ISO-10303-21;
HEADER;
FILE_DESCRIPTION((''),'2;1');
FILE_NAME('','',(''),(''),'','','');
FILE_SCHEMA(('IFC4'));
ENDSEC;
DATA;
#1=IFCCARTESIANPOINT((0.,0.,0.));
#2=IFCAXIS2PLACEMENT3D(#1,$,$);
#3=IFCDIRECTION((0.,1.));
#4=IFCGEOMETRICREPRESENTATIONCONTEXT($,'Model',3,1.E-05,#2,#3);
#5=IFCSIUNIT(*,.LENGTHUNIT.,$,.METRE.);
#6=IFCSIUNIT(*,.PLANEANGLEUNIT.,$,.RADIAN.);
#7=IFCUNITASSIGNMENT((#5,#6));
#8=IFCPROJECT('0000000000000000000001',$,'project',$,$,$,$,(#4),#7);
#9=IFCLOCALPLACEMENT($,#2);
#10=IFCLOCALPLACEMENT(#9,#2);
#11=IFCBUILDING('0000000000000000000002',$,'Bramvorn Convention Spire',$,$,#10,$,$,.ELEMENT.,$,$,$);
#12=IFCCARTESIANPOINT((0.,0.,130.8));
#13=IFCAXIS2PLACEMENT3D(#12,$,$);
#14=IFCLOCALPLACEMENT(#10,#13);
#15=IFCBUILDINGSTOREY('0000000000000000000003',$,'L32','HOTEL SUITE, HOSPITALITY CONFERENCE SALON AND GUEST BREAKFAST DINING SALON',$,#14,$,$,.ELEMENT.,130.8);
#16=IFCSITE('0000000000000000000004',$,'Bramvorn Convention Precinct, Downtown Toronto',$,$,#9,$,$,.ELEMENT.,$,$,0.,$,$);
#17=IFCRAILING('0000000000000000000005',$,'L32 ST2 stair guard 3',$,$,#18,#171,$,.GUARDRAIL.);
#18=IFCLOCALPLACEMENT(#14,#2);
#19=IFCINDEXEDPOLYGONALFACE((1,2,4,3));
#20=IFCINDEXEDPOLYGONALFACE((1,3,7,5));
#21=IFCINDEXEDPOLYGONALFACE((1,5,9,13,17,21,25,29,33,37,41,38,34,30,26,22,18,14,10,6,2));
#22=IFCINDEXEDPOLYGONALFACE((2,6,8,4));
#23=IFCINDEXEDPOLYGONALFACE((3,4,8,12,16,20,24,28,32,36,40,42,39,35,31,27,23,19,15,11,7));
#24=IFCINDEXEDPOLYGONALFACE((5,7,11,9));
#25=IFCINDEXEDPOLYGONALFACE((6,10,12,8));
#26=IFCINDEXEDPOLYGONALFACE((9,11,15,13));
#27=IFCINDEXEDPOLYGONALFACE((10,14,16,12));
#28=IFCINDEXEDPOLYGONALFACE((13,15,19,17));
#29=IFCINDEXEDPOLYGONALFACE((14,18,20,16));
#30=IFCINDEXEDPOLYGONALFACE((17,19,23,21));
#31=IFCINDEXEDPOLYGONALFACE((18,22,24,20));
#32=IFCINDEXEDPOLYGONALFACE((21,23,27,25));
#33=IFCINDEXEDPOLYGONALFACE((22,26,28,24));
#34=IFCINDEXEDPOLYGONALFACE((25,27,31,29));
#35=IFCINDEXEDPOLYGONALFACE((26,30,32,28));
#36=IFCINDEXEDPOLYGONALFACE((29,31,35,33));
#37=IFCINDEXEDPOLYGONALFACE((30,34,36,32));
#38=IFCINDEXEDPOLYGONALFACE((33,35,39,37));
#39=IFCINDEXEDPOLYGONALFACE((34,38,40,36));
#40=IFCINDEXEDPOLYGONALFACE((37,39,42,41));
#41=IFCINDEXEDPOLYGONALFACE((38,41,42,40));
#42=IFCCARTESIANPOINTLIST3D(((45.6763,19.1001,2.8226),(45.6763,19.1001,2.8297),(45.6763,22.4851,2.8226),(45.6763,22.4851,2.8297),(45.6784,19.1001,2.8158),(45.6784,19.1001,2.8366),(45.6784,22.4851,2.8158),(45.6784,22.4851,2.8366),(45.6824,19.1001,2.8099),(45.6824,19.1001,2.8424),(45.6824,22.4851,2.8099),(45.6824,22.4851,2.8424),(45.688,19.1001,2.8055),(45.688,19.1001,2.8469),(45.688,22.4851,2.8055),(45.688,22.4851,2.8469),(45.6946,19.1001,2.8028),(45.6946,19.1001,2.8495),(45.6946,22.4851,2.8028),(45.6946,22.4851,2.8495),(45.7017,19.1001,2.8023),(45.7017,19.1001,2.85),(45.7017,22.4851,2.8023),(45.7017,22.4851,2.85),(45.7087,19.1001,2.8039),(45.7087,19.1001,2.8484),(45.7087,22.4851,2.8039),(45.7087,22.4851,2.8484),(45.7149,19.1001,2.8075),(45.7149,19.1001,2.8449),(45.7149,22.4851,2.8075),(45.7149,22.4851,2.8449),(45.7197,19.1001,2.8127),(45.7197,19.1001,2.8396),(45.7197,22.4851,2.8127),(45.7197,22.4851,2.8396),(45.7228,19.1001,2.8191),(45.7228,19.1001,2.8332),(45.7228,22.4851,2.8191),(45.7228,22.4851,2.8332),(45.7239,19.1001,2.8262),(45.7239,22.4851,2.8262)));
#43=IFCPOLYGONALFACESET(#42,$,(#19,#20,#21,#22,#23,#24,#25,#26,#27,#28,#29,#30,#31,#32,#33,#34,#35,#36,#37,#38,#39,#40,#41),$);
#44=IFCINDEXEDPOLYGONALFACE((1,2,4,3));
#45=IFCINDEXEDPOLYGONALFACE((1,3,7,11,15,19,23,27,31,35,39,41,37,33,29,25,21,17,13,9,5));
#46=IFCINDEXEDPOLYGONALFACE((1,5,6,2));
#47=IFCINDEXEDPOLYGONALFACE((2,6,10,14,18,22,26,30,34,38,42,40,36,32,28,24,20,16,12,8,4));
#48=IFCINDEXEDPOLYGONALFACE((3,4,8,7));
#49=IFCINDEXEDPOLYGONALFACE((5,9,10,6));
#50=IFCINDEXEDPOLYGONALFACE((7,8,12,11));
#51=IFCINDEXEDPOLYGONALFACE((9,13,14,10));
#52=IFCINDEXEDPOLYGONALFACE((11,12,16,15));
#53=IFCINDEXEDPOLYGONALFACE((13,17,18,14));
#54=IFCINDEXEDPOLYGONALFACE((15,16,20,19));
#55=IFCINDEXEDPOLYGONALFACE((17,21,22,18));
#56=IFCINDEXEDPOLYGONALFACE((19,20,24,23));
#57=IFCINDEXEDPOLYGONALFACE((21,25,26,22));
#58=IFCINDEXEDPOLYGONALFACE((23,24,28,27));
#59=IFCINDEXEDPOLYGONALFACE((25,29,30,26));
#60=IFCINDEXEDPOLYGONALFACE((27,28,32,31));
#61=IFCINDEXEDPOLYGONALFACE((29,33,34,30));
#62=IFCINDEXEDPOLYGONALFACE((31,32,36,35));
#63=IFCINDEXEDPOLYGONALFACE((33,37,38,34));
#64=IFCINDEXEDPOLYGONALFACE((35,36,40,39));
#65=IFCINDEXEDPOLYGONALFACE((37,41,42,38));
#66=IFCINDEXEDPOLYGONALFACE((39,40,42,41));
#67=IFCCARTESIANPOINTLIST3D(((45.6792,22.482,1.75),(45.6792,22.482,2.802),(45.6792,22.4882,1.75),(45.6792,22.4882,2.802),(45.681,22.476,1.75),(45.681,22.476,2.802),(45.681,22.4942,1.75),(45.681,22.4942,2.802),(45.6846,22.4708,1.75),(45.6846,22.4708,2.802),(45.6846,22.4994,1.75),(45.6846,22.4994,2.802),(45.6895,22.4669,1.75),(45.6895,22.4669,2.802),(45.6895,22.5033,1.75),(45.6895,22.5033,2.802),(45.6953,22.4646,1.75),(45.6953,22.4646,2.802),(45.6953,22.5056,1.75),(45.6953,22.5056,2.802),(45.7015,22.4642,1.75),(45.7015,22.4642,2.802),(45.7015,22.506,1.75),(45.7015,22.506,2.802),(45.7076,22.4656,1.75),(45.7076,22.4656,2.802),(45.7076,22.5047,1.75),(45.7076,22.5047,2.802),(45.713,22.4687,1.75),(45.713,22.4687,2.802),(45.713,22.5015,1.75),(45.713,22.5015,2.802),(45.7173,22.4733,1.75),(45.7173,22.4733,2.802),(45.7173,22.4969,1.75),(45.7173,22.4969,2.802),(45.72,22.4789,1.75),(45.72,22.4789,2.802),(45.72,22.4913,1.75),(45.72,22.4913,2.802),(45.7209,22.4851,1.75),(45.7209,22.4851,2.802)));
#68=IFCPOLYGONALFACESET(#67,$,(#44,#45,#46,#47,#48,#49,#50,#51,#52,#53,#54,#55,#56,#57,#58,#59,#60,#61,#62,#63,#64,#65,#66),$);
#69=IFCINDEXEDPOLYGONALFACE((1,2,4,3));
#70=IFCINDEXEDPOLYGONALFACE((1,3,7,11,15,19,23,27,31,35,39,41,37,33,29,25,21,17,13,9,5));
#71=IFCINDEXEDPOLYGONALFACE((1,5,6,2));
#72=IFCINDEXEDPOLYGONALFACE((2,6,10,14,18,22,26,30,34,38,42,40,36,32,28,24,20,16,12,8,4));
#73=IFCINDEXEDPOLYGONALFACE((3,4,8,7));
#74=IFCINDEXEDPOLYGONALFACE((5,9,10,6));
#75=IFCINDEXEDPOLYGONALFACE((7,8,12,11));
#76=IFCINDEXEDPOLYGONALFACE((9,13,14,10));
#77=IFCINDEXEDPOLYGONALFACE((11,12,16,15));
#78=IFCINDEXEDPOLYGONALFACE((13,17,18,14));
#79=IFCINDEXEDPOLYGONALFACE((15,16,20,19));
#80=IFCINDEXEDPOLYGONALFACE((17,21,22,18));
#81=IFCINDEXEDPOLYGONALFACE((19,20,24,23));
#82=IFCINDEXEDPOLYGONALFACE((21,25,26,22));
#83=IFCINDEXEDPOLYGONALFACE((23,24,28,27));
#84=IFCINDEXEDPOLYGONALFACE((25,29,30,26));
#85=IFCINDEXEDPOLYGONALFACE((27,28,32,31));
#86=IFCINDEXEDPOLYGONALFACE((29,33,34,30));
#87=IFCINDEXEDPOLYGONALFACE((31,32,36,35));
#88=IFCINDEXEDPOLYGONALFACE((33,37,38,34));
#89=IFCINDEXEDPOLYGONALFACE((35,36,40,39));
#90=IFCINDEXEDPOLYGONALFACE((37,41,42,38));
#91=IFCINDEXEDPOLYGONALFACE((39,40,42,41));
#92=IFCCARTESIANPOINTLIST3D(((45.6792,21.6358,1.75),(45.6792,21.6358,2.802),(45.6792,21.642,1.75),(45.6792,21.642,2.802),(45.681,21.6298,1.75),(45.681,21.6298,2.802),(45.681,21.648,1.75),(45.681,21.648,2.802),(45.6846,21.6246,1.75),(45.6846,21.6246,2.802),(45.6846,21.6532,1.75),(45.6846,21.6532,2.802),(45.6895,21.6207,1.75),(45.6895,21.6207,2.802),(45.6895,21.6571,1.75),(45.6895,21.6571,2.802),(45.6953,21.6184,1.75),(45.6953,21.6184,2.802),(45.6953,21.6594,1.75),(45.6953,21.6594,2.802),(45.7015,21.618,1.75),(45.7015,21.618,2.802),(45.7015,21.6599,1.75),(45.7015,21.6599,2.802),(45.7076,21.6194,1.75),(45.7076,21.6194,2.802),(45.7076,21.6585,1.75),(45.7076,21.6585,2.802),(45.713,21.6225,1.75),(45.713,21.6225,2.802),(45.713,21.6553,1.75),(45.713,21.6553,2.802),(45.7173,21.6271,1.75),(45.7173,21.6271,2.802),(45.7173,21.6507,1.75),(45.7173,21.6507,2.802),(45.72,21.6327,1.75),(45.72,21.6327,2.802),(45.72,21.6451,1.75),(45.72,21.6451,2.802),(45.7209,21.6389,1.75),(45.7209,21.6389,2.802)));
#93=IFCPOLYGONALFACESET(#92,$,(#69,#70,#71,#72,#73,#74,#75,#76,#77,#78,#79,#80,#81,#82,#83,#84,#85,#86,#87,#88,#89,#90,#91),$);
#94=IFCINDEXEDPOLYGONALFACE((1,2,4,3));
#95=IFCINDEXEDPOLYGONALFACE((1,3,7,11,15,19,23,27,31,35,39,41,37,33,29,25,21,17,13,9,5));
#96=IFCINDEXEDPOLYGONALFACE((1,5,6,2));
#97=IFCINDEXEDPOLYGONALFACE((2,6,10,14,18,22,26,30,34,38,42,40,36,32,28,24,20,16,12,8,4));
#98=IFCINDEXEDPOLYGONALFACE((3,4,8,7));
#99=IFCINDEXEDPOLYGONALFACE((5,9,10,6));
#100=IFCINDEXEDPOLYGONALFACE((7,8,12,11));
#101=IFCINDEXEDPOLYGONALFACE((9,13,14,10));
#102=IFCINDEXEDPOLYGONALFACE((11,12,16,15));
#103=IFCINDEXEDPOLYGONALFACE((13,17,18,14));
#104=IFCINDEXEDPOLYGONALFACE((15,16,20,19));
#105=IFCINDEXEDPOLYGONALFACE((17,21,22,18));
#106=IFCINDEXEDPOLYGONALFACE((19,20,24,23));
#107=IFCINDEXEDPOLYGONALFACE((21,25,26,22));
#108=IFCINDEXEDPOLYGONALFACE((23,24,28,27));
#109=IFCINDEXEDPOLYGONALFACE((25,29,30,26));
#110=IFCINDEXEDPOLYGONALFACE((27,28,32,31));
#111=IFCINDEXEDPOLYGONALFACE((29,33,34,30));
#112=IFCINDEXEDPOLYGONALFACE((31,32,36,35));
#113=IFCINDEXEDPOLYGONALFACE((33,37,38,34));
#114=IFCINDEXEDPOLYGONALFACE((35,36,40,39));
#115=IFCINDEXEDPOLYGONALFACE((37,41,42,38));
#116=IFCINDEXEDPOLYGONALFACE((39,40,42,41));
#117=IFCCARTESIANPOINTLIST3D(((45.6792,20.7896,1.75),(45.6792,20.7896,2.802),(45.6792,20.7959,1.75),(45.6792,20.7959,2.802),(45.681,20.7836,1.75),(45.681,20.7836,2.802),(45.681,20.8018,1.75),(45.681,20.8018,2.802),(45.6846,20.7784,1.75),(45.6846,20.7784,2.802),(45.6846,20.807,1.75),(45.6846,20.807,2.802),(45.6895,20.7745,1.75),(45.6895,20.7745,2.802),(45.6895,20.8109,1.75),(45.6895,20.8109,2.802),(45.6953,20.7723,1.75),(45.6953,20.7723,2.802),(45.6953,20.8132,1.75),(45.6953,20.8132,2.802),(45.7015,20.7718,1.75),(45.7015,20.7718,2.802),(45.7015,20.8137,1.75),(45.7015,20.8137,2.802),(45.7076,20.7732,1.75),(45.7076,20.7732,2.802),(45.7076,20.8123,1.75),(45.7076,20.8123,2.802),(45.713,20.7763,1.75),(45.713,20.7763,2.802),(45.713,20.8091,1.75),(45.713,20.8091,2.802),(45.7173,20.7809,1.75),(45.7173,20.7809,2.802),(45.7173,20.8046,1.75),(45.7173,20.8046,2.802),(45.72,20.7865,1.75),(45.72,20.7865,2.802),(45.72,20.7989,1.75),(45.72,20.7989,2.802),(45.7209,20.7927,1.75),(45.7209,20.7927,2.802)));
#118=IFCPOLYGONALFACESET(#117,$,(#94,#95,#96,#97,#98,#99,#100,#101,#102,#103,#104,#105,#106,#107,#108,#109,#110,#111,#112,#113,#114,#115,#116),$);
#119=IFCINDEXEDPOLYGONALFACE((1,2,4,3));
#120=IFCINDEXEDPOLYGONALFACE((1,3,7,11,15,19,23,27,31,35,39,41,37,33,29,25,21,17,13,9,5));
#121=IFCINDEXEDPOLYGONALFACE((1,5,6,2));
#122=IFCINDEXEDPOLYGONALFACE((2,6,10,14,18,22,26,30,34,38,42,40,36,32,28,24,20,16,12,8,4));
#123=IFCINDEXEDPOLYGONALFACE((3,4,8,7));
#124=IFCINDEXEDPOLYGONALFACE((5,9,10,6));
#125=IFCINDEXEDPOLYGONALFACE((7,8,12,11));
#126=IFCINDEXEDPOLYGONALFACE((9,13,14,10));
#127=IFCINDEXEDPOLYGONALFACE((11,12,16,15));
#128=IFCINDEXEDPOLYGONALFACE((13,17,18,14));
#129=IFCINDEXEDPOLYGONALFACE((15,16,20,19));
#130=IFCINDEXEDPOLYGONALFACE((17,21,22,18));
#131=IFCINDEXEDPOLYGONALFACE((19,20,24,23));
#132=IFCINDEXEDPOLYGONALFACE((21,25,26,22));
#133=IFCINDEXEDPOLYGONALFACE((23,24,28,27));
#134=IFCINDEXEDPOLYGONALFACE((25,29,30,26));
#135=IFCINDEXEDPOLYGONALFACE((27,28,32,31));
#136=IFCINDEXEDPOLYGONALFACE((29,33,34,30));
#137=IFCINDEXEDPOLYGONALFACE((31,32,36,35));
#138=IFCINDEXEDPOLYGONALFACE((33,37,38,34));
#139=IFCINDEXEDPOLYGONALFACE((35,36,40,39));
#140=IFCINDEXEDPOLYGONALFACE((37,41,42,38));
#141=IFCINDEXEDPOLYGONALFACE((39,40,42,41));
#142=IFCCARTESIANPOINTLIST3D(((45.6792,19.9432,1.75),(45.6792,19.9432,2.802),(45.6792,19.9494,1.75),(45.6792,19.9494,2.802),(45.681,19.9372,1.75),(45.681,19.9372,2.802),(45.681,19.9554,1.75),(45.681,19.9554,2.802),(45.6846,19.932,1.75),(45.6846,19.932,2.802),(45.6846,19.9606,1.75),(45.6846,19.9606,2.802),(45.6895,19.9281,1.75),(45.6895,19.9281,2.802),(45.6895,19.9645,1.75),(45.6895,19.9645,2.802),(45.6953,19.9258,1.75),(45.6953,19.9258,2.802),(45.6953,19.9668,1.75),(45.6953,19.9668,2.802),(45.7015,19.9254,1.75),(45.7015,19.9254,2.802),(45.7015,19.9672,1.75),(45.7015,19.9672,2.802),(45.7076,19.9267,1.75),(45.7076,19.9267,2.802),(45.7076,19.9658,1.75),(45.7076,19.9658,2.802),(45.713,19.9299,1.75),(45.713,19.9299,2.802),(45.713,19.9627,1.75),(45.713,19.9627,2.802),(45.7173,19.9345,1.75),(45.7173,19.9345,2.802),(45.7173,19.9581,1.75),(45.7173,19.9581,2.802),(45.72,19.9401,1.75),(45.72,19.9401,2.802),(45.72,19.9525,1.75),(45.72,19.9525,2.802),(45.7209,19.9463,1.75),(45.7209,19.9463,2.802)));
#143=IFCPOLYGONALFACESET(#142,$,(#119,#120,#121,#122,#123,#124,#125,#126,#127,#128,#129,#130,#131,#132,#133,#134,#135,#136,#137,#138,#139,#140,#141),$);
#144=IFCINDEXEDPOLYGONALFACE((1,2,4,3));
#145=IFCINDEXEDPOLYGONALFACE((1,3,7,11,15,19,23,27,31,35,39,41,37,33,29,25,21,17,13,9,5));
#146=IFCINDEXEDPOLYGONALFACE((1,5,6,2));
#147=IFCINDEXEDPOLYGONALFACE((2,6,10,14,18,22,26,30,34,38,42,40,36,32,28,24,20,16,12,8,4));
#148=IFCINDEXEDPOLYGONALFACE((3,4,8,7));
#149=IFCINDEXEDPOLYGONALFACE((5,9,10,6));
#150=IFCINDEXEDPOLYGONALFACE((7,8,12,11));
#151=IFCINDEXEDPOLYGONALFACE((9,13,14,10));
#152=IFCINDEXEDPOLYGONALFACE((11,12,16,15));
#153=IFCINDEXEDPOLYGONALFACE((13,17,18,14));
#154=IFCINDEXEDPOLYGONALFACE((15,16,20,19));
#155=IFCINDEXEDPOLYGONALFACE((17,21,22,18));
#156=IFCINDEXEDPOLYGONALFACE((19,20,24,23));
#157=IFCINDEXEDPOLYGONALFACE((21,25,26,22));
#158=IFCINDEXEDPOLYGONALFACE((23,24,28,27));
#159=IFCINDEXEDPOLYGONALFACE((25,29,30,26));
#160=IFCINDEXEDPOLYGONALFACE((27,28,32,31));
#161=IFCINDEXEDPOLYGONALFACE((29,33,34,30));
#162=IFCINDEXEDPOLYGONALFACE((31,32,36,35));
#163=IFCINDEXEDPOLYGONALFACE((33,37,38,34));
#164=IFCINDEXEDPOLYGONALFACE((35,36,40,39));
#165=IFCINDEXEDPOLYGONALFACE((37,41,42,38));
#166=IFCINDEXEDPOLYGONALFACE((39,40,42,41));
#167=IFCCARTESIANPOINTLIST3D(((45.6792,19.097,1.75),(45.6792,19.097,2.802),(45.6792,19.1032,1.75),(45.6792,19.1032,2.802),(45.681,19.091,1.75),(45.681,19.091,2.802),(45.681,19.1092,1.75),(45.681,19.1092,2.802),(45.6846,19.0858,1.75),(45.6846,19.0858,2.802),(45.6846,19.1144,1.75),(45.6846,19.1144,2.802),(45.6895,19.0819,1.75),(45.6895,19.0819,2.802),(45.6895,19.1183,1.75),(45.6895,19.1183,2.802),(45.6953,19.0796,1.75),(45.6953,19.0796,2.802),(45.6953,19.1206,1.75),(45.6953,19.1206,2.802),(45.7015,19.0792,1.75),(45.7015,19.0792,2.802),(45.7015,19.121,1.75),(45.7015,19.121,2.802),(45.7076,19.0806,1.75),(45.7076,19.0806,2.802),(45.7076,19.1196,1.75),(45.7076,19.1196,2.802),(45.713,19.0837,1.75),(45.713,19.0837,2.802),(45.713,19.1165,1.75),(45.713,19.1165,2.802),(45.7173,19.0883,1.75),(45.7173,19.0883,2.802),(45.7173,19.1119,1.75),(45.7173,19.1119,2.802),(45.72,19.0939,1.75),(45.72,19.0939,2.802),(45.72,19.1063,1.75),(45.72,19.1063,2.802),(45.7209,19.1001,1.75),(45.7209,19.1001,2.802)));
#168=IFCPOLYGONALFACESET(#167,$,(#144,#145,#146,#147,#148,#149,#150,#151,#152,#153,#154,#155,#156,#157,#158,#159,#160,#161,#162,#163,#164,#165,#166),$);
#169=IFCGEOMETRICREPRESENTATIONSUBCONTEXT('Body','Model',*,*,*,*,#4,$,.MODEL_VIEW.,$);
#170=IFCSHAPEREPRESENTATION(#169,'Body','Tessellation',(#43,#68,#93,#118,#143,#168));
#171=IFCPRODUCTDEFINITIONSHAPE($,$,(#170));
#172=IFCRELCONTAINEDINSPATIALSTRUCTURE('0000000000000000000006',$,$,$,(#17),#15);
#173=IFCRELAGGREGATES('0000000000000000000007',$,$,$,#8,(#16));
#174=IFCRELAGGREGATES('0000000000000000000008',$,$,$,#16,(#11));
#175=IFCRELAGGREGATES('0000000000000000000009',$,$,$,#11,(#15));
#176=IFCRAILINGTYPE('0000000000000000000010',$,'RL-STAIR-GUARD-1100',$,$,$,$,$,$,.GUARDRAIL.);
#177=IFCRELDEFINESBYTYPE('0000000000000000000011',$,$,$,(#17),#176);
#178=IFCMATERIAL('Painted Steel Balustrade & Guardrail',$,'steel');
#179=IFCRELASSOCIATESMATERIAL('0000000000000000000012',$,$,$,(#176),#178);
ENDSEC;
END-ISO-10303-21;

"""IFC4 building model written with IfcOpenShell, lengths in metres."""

from ifc_helpers import new_model, si_unit, direction, frame, origin, origin_2d, place, context, subcontext, project, spatial, circle, extrude, material, type_object, element, save


model = new_model("IFC4")

# Units and contexts
model_context = context("Model", 3, precision=1e-05, world=origin(), true_north=direction((0.0, 1.0)))
body_context = subcontext(model_context, "Body", "Model", "MODEL_VIEW")
ifc_project = project(units=[si_unit("LENGTHUNIT", "METRE"), si_unit("PLANEANGLEUNIT", "RADIAN")], contexts=[model_context])

# Site, building, storey
site_placement = place(None, origin())
site = spatial("IfcSite", under=ifc_project, at=site_placement, Name="Bramvorn Convention Precinct, Downtown Toronto", CompositionType="ELEMENT", RefElevation=0.0)
building_placement = place(site_placement, origin())
building = spatial("IfcBuilding", under=site, at=building_placement, Name="Bramvorn Convention Spire", CompositionType="ELEMENT")
storey_placement = place(building_placement, frame((0.0, 0.0, 130.8)))
storey = spatial("IfcBuildingStorey", under=building, at=storey_placement, Name="L32", Description="HOTEL SUITE, HOSPITALITY CONFERENCE SALON AND GUEST BREAKFAST DINING SALON", CompositionType="ELEMENT", Elevation=130.8)

# Railing
ifc_material_1 = material(Name="Painted Steel Balustrade & Guardrail", Category="steel")
railing_type_1 = type_object("IfcRailingType", Name="RL-STAIR-GUARD-1100", PredefinedType="GUARDRAIL", material=ifc_material_1)
railing_1_placement = place(storey_placement, frame((45.7, 22.4851, 1.75)))
element("IfcRailing", 1, at=railing_1_placement, inside=storey, type_object=railing_type_1, Name="L32 ST2 stair guard 3", PredefinedType="GUARDRAIL", context=body_context, shape_type="SweptSolid", body=[
    extrude(circle(Radius=0.0239, at=origin_2d()), frame((0.0, 0.0, 1.0762), z_axis=(0.0, -1.0, 0.0), x_axis=(1.0, 0.0, 0.0)), (0.0, 0.0, 1.0), 3.385),
    extrude(circle(Radius=0.021, at=origin_2d()), origin(), (0.0, 0.0, 1.0), 1.052),
    extrude(circle(Radius=0.021, at=origin_2d()), frame((0.0, -0.8462, 0.0)), (0.0, 0.0, 1.0), 1.052),
    extrude(circle(Radius=0.021, at=origin_2d()), frame((0.0, -1.6924, 0.0)), (0.0, 0.0, 1.0), 1.052),
    extrude(circle(Radius=0.021, at=origin_2d()), frame((0.0, -2.5388, 0.0)), (0.0, 0.0, 1.0), 1.052),
    extrude(circle(Radius=0.021, at=origin_2d()), frame((0.0, -3.385, 0.0)), (0.0, 0.0, 1.0), 1.052),
])

save(model, "model.ifc")
